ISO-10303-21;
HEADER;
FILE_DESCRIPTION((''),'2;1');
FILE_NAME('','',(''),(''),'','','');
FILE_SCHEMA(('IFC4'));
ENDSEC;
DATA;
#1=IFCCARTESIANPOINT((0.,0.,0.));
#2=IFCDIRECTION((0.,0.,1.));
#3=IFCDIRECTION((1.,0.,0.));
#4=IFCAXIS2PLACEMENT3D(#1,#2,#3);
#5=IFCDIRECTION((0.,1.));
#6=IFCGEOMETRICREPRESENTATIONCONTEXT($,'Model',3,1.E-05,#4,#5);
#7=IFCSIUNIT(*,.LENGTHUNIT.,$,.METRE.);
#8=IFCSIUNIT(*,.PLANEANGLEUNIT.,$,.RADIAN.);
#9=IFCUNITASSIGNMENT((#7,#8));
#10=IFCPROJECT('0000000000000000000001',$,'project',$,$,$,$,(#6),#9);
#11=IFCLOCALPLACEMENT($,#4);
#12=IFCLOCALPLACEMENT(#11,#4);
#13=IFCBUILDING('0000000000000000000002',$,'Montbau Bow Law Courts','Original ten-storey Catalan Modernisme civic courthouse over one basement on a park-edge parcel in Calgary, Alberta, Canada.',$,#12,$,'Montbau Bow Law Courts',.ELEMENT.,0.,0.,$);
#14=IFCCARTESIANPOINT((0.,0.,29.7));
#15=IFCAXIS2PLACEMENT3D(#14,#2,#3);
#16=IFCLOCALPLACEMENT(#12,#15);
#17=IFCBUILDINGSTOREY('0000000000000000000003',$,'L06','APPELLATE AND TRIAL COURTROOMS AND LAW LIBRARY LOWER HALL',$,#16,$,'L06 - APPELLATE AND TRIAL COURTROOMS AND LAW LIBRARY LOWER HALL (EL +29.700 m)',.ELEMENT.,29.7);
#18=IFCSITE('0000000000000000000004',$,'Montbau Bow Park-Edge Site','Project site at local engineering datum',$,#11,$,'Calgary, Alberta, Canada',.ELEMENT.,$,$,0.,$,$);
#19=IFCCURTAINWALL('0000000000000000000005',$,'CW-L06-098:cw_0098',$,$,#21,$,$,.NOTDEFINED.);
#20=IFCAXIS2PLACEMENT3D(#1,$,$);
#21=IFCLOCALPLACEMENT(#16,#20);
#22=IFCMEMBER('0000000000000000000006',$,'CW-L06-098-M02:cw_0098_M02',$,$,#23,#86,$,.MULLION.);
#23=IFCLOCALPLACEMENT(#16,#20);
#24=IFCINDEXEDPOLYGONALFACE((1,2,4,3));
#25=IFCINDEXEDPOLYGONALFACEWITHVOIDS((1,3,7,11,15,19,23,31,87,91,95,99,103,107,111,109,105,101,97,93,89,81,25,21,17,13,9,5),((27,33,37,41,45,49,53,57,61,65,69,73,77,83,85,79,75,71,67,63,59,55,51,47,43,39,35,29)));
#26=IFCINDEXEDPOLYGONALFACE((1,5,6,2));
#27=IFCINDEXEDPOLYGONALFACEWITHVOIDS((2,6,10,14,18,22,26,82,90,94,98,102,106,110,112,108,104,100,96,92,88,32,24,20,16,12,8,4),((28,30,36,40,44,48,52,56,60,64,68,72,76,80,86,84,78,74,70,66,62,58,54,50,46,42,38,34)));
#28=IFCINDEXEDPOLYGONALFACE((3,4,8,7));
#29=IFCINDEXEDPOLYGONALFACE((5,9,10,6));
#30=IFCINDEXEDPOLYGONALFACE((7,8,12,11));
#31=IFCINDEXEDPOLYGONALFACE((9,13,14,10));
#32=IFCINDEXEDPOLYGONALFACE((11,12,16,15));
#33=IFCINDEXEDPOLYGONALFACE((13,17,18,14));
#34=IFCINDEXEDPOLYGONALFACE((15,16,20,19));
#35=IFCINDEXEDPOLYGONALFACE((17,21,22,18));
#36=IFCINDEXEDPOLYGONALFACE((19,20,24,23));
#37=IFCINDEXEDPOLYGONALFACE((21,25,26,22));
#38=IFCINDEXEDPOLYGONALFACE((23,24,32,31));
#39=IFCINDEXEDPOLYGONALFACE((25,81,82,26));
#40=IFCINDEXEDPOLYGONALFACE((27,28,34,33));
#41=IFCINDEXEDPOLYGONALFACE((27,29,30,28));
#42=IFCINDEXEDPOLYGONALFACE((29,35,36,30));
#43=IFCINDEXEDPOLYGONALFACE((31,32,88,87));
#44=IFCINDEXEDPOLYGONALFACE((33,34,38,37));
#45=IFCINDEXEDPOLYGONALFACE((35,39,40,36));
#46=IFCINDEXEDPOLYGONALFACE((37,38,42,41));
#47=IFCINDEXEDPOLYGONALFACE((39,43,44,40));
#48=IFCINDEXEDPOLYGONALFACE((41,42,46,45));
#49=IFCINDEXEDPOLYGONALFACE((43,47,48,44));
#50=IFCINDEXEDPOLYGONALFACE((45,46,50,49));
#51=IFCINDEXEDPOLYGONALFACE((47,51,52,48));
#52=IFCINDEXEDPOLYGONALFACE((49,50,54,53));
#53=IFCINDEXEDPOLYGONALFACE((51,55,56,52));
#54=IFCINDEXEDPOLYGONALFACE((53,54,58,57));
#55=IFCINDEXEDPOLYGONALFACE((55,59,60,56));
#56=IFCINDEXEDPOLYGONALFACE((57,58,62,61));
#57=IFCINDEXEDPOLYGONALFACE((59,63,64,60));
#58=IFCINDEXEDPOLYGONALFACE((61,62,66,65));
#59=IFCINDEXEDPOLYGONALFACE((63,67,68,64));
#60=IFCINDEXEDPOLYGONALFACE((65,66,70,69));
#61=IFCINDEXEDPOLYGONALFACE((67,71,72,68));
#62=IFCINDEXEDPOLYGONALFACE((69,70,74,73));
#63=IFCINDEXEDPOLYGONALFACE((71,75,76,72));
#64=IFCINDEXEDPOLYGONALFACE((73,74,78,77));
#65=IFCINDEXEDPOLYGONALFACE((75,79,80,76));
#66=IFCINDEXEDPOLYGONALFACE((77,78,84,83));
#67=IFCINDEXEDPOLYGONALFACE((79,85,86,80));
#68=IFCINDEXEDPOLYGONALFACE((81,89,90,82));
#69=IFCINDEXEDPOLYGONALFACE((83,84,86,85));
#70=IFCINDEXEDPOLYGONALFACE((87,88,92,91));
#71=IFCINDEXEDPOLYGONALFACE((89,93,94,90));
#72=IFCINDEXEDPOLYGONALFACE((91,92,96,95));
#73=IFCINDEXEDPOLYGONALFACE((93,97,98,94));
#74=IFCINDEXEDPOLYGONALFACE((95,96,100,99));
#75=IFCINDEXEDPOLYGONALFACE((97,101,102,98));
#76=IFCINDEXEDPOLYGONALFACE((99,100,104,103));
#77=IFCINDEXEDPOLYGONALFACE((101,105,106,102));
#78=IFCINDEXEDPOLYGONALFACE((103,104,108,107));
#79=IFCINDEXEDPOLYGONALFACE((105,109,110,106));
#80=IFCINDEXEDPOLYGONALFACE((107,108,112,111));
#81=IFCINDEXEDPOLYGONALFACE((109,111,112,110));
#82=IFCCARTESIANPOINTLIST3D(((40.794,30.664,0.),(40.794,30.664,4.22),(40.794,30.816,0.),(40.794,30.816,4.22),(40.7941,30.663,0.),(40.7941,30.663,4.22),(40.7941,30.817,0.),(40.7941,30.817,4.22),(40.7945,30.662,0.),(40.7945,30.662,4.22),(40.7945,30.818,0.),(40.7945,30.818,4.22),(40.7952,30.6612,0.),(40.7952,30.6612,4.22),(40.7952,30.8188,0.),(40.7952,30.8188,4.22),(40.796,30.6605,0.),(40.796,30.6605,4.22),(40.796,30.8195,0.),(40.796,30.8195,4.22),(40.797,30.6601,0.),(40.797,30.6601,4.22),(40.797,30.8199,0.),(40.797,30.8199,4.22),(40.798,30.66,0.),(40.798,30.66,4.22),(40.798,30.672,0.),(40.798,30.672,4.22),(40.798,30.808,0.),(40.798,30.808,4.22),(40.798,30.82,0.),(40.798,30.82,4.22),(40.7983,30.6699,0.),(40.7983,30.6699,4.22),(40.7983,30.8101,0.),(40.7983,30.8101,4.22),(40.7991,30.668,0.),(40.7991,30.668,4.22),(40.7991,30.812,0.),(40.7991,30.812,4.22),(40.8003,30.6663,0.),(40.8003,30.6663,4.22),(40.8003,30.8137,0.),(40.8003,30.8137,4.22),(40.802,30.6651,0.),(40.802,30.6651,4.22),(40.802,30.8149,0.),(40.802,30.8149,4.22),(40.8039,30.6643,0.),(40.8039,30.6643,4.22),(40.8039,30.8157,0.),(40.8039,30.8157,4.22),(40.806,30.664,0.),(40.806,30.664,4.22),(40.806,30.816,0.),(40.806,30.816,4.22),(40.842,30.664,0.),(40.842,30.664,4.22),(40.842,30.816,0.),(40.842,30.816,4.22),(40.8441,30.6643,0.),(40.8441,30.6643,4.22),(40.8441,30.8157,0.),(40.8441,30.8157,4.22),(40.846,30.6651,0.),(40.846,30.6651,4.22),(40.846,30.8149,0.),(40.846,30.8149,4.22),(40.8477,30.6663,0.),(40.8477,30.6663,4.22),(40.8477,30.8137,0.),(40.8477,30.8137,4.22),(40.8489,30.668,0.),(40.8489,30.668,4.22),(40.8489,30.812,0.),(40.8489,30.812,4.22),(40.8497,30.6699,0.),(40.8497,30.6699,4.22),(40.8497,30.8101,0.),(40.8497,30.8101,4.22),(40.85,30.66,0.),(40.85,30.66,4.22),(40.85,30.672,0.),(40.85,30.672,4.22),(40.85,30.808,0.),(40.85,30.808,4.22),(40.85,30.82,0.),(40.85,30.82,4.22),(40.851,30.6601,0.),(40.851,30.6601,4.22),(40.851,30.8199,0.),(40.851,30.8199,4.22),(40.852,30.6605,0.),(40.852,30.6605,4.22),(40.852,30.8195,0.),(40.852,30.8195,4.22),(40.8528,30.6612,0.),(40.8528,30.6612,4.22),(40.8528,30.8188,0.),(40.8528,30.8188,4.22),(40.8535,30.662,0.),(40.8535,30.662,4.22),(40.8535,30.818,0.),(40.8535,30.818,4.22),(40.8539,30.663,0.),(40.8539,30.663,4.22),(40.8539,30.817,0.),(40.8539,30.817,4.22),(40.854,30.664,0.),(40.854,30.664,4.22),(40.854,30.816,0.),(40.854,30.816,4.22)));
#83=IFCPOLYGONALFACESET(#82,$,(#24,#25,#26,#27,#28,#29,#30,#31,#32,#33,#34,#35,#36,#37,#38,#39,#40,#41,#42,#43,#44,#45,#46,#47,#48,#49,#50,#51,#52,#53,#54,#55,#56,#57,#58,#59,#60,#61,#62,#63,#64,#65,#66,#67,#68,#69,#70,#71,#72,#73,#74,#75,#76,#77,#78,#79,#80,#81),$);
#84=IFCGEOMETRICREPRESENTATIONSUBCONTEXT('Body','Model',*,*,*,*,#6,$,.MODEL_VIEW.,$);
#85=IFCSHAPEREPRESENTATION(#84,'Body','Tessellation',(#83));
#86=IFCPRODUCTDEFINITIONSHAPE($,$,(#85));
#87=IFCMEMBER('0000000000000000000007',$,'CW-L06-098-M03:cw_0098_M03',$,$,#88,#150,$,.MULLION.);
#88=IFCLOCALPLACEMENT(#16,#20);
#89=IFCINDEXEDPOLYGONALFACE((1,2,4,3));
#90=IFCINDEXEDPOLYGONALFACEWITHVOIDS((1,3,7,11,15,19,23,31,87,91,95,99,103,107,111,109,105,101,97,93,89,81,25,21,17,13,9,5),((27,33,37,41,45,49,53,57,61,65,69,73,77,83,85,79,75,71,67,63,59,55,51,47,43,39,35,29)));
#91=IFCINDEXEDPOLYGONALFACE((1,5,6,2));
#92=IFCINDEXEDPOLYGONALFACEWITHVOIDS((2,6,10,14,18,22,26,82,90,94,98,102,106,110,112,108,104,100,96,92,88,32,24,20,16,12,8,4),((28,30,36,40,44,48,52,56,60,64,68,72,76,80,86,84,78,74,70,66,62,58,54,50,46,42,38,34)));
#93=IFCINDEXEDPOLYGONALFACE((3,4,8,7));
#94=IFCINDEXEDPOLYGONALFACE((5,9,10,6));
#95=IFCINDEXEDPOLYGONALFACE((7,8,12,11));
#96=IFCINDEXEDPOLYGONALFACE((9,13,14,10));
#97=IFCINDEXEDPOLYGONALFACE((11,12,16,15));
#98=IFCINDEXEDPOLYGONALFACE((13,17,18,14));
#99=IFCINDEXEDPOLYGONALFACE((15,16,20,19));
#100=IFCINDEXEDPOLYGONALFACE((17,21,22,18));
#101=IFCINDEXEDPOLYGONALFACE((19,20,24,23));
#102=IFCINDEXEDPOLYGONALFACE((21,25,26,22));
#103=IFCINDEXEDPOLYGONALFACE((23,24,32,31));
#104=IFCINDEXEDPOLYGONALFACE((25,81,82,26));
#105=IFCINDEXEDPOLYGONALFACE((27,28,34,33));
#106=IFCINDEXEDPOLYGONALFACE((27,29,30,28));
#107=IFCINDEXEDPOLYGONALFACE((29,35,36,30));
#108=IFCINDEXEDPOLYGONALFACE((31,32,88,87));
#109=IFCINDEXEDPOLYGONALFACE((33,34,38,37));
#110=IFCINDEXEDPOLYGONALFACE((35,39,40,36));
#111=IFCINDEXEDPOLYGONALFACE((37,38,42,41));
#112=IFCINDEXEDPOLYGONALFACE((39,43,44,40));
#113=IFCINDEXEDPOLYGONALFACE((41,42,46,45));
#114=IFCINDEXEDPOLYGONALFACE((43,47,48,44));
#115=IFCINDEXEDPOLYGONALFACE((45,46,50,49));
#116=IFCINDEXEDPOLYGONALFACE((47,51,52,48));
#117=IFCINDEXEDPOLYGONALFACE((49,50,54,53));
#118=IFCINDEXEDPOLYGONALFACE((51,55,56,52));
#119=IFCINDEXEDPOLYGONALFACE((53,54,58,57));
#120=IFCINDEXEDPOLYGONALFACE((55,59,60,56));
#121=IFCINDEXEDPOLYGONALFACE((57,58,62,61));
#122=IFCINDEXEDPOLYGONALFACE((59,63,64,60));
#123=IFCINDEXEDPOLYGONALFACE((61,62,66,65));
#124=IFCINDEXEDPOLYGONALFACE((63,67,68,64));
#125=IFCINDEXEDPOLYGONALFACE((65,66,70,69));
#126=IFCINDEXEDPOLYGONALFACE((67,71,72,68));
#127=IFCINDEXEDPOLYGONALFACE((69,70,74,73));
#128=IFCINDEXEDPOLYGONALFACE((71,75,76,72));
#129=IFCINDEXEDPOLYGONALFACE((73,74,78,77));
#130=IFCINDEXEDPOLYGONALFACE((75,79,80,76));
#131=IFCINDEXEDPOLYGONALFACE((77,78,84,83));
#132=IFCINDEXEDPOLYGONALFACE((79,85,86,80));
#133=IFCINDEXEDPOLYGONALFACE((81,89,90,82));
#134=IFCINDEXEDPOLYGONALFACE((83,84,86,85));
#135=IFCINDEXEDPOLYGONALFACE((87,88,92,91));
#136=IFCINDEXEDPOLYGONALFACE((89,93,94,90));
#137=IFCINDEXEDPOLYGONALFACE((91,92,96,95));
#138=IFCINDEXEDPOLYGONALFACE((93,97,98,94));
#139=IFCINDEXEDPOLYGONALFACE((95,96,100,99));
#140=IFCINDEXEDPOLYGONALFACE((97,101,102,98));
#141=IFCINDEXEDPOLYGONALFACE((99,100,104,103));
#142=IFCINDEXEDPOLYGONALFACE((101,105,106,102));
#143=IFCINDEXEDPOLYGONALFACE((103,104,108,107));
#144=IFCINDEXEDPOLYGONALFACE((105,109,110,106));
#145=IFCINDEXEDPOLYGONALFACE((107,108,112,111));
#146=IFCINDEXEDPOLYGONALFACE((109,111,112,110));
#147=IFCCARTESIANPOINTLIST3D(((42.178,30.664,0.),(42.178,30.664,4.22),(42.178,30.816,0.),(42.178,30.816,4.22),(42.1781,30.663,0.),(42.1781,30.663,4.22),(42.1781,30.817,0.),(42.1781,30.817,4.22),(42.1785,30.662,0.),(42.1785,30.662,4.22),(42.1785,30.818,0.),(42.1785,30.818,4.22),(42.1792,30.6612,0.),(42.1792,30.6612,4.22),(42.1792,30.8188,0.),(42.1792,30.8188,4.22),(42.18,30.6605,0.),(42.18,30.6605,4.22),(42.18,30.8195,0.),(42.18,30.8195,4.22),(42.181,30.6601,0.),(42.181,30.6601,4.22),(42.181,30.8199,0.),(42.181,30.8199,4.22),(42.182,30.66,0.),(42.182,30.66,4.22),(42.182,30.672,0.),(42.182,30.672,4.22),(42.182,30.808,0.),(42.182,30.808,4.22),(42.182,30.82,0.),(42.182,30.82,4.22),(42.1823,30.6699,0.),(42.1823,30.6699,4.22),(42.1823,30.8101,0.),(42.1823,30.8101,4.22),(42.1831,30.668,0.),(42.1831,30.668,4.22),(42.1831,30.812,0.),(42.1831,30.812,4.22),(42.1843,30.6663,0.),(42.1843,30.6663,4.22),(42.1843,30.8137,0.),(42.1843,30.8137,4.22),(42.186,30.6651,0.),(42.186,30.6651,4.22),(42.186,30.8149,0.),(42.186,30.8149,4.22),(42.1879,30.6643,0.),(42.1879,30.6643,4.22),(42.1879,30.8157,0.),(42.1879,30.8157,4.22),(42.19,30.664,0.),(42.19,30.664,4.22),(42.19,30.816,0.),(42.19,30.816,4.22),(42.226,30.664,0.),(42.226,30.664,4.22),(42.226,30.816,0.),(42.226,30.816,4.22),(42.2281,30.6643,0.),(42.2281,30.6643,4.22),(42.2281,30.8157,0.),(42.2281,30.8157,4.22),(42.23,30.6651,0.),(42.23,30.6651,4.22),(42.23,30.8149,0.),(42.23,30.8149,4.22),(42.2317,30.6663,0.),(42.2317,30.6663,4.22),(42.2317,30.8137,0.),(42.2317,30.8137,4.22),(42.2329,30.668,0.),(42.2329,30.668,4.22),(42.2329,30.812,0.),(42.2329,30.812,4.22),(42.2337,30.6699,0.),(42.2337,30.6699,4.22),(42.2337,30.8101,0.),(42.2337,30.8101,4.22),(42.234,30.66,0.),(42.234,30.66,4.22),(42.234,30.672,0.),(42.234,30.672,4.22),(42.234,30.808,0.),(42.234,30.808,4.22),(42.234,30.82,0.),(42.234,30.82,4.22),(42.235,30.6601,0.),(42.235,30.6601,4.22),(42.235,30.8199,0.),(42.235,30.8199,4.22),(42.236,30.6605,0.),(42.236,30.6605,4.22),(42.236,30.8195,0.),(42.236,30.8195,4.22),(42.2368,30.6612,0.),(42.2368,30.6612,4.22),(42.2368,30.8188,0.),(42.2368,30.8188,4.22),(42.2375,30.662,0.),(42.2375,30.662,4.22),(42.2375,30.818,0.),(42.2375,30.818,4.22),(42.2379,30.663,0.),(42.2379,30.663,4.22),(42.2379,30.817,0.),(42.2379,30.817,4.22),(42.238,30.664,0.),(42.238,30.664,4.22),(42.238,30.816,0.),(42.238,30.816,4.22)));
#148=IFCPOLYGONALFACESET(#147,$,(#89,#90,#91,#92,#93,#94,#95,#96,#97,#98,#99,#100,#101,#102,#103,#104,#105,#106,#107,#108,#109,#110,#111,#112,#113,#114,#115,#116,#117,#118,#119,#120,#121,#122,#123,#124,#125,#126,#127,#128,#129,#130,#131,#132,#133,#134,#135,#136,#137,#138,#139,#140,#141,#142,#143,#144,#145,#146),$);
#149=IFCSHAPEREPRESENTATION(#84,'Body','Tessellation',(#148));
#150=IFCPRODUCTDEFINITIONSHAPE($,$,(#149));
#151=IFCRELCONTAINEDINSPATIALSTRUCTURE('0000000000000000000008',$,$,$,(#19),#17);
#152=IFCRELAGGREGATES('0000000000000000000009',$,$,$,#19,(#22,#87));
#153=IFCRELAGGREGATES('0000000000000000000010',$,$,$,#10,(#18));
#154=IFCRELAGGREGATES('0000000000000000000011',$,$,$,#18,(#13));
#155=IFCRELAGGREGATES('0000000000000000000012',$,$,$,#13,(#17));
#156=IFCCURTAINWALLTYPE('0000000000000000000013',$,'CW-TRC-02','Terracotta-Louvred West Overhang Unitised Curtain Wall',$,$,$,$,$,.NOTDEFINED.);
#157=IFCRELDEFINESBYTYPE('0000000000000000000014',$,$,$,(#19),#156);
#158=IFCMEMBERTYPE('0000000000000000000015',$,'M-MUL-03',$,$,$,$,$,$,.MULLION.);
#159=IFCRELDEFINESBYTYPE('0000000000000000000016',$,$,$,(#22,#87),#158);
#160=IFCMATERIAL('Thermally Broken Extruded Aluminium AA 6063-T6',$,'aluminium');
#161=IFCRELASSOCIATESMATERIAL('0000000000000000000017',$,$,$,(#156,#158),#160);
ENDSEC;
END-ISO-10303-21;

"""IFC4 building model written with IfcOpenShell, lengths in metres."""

from ifc_helpers import new_model, si_unit, direction, frame, origin_with_axes, origin_2d_with_axis, place, context, subcontext, project, spatial, hollow_rectangle, extrude, material, material_profile, profile_set, type_object, element, aggregate, save


model = new_model("IFC4")

# Units and contexts
model_context = context("Model", 3, precision=1e-05, world=origin_with_axes(), true_north=direction((0.0, 1.0)))
body_context = subcontext(model_context, "Body", "Model", "MODEL_VIEW")
ifc_project = project(units=[si_unit("LENGTHUNIT", "METRE"), si_unit("PLANEANGLEUNIT", "RADIAN")], contexts=[model_context])

# Site, building, storey
site_placement = place(None, origin_with_axes())
site = spatial("IfcSite", under=ifc_project, at=site_placement, Name="Montbau Bow Park-Edge Site", Description="Project site at local engineering datum", LongName="Calgary, Alberta, Canada", CompositionType="ELEMENT", RefElevation=0.0)
building_placement = place(site_placement, origin_with_axes())
building = spatial("IfcBuilding", under=site, at=building_placement, Name="Montbau Bow Law Courts", Description="Original ten-storey Catalan Modernisme civic courthouse over one basement on a park-edge parcel in Calgary, Alberta, Canada.", LongName="Montbau Bow Law Courts", CompositionType="ELEMENT", ElevationOfRefHeight=0.0, ElevationOfTerrain=0.0)
storey_placement = place(building_placement, frame((0.0, 0.0, 29.7), z_axis=(0.0, 0.0, 1.0), x_axis=(1.0, 0.0, 0.0)))
storey = spatial("IfcBuildingStorey", under=building, at=storey_placement, Name="L06", Description="APPELLATE AND TRIAL COURTROOMS AND LAW LIBRARY LOWER HALL", LongName="L06 - APPELLATE AND TRIAL COURTROOMS AND LAW LIBRARY LOWER HALL (EL +29.700 m)", CompositionType="ELEMENT", Elevation=29.7)

# Curtain wall, members
ifc_material_1 = material(Name="Thermally Broken Extruded Aluminium AA 6063-T6", Category="aluminium")
curtain_wall_type = type_object("IfcCurtainWallType", Name="CW-TRC-02", Description="Terracotta-Louvred West Overhang Unitised Curtain Wall", PredefinedType="NOTDEFINED", material=ifc_material_1)
curtain_wall_placement = place(None, frame((39.44, 30.74, 29.7), z_axis=(0.0, 0.0, 1.0), x_axis=(1.0, 0.0, 0.0)))
curtain_wall = element("IfcCurtainWall", 1, at=curtain_wall_placement, inside=storey, type_object=curtain_wall_type, Name="CW-L06-098:cw_0098", PredefinedType="NOTDEFINED")
ifc_material_profile_1 = material_profile(ifc_material_1, hollow_rectangle(XDim=0.06, YDim=0.16, WallThickness=0.004, InnerFilletRadius=0.008, OuterFilletRadius=0.004, at=origin_2d_with_axis()), Name="CWM-160X60", Category="Main", Priority=0)
ifc_profile_set_1 = profile_set([ifc_material_profile_1], Name="Thermally Broken Extruded Aluminium AA 6063-T6")
member_type_1 = type_object("IfcMemberType", Name="M-MUL-03", PredefinedType="MULLION", material=ifc_profile_set_1)
member_1_placement = place(None, frame((40.824, 30.74, 29.7), z_axis=(0.0, 0.0, 1.0), x_axis=(1.0, 0.0, 0.0)))
member_1 = element("IfcMember", 2, at=member_1_placement, type_object=member_type_1, Name="CW-L06-098-M02:cw_0098_M02", PredefinedType="MULLION", context=body_context, shape_type="SweptSolid", body=[
    extrude(hollow_rectangle(XDim=0.06, YDim=0.16, WallThickness=0.004, InnerFilletRadius=0.008, OuterFilletRadius=0.004, at=origin_2d_with_axis()), origin_with_axes(), (0.0, 0.0, 1.0), 4.22),
])
member_2_placement = place(None, frame((42.208, 30.74, 29.7), z_axis=(0.0, 0.0, 1.0), x_axis=(1.0, 0.0, 0.0)))
member_2 = element("IfcMember", 3, at=member_2_placement, type_object=member_type_1, Name="CW-L06-098-M03:cw_0098_M03", PredefinedType="MULLION", context=body_context, shape_type="SweptSolid", body=[
    extrude(hollow_rectangle(XDim=0.06, YDim=0.16, WallThickness=0.004, InnerFilletRadius=0.008, OuterFilletRadius=0.004, at=origin_2d_with_axis()), origin_with_axes(), (0.0, 0.0, 1.0), 4.22),
])
aggregate(curtain_wall, [member_1, member_2])

save(model, "model.ifc")
